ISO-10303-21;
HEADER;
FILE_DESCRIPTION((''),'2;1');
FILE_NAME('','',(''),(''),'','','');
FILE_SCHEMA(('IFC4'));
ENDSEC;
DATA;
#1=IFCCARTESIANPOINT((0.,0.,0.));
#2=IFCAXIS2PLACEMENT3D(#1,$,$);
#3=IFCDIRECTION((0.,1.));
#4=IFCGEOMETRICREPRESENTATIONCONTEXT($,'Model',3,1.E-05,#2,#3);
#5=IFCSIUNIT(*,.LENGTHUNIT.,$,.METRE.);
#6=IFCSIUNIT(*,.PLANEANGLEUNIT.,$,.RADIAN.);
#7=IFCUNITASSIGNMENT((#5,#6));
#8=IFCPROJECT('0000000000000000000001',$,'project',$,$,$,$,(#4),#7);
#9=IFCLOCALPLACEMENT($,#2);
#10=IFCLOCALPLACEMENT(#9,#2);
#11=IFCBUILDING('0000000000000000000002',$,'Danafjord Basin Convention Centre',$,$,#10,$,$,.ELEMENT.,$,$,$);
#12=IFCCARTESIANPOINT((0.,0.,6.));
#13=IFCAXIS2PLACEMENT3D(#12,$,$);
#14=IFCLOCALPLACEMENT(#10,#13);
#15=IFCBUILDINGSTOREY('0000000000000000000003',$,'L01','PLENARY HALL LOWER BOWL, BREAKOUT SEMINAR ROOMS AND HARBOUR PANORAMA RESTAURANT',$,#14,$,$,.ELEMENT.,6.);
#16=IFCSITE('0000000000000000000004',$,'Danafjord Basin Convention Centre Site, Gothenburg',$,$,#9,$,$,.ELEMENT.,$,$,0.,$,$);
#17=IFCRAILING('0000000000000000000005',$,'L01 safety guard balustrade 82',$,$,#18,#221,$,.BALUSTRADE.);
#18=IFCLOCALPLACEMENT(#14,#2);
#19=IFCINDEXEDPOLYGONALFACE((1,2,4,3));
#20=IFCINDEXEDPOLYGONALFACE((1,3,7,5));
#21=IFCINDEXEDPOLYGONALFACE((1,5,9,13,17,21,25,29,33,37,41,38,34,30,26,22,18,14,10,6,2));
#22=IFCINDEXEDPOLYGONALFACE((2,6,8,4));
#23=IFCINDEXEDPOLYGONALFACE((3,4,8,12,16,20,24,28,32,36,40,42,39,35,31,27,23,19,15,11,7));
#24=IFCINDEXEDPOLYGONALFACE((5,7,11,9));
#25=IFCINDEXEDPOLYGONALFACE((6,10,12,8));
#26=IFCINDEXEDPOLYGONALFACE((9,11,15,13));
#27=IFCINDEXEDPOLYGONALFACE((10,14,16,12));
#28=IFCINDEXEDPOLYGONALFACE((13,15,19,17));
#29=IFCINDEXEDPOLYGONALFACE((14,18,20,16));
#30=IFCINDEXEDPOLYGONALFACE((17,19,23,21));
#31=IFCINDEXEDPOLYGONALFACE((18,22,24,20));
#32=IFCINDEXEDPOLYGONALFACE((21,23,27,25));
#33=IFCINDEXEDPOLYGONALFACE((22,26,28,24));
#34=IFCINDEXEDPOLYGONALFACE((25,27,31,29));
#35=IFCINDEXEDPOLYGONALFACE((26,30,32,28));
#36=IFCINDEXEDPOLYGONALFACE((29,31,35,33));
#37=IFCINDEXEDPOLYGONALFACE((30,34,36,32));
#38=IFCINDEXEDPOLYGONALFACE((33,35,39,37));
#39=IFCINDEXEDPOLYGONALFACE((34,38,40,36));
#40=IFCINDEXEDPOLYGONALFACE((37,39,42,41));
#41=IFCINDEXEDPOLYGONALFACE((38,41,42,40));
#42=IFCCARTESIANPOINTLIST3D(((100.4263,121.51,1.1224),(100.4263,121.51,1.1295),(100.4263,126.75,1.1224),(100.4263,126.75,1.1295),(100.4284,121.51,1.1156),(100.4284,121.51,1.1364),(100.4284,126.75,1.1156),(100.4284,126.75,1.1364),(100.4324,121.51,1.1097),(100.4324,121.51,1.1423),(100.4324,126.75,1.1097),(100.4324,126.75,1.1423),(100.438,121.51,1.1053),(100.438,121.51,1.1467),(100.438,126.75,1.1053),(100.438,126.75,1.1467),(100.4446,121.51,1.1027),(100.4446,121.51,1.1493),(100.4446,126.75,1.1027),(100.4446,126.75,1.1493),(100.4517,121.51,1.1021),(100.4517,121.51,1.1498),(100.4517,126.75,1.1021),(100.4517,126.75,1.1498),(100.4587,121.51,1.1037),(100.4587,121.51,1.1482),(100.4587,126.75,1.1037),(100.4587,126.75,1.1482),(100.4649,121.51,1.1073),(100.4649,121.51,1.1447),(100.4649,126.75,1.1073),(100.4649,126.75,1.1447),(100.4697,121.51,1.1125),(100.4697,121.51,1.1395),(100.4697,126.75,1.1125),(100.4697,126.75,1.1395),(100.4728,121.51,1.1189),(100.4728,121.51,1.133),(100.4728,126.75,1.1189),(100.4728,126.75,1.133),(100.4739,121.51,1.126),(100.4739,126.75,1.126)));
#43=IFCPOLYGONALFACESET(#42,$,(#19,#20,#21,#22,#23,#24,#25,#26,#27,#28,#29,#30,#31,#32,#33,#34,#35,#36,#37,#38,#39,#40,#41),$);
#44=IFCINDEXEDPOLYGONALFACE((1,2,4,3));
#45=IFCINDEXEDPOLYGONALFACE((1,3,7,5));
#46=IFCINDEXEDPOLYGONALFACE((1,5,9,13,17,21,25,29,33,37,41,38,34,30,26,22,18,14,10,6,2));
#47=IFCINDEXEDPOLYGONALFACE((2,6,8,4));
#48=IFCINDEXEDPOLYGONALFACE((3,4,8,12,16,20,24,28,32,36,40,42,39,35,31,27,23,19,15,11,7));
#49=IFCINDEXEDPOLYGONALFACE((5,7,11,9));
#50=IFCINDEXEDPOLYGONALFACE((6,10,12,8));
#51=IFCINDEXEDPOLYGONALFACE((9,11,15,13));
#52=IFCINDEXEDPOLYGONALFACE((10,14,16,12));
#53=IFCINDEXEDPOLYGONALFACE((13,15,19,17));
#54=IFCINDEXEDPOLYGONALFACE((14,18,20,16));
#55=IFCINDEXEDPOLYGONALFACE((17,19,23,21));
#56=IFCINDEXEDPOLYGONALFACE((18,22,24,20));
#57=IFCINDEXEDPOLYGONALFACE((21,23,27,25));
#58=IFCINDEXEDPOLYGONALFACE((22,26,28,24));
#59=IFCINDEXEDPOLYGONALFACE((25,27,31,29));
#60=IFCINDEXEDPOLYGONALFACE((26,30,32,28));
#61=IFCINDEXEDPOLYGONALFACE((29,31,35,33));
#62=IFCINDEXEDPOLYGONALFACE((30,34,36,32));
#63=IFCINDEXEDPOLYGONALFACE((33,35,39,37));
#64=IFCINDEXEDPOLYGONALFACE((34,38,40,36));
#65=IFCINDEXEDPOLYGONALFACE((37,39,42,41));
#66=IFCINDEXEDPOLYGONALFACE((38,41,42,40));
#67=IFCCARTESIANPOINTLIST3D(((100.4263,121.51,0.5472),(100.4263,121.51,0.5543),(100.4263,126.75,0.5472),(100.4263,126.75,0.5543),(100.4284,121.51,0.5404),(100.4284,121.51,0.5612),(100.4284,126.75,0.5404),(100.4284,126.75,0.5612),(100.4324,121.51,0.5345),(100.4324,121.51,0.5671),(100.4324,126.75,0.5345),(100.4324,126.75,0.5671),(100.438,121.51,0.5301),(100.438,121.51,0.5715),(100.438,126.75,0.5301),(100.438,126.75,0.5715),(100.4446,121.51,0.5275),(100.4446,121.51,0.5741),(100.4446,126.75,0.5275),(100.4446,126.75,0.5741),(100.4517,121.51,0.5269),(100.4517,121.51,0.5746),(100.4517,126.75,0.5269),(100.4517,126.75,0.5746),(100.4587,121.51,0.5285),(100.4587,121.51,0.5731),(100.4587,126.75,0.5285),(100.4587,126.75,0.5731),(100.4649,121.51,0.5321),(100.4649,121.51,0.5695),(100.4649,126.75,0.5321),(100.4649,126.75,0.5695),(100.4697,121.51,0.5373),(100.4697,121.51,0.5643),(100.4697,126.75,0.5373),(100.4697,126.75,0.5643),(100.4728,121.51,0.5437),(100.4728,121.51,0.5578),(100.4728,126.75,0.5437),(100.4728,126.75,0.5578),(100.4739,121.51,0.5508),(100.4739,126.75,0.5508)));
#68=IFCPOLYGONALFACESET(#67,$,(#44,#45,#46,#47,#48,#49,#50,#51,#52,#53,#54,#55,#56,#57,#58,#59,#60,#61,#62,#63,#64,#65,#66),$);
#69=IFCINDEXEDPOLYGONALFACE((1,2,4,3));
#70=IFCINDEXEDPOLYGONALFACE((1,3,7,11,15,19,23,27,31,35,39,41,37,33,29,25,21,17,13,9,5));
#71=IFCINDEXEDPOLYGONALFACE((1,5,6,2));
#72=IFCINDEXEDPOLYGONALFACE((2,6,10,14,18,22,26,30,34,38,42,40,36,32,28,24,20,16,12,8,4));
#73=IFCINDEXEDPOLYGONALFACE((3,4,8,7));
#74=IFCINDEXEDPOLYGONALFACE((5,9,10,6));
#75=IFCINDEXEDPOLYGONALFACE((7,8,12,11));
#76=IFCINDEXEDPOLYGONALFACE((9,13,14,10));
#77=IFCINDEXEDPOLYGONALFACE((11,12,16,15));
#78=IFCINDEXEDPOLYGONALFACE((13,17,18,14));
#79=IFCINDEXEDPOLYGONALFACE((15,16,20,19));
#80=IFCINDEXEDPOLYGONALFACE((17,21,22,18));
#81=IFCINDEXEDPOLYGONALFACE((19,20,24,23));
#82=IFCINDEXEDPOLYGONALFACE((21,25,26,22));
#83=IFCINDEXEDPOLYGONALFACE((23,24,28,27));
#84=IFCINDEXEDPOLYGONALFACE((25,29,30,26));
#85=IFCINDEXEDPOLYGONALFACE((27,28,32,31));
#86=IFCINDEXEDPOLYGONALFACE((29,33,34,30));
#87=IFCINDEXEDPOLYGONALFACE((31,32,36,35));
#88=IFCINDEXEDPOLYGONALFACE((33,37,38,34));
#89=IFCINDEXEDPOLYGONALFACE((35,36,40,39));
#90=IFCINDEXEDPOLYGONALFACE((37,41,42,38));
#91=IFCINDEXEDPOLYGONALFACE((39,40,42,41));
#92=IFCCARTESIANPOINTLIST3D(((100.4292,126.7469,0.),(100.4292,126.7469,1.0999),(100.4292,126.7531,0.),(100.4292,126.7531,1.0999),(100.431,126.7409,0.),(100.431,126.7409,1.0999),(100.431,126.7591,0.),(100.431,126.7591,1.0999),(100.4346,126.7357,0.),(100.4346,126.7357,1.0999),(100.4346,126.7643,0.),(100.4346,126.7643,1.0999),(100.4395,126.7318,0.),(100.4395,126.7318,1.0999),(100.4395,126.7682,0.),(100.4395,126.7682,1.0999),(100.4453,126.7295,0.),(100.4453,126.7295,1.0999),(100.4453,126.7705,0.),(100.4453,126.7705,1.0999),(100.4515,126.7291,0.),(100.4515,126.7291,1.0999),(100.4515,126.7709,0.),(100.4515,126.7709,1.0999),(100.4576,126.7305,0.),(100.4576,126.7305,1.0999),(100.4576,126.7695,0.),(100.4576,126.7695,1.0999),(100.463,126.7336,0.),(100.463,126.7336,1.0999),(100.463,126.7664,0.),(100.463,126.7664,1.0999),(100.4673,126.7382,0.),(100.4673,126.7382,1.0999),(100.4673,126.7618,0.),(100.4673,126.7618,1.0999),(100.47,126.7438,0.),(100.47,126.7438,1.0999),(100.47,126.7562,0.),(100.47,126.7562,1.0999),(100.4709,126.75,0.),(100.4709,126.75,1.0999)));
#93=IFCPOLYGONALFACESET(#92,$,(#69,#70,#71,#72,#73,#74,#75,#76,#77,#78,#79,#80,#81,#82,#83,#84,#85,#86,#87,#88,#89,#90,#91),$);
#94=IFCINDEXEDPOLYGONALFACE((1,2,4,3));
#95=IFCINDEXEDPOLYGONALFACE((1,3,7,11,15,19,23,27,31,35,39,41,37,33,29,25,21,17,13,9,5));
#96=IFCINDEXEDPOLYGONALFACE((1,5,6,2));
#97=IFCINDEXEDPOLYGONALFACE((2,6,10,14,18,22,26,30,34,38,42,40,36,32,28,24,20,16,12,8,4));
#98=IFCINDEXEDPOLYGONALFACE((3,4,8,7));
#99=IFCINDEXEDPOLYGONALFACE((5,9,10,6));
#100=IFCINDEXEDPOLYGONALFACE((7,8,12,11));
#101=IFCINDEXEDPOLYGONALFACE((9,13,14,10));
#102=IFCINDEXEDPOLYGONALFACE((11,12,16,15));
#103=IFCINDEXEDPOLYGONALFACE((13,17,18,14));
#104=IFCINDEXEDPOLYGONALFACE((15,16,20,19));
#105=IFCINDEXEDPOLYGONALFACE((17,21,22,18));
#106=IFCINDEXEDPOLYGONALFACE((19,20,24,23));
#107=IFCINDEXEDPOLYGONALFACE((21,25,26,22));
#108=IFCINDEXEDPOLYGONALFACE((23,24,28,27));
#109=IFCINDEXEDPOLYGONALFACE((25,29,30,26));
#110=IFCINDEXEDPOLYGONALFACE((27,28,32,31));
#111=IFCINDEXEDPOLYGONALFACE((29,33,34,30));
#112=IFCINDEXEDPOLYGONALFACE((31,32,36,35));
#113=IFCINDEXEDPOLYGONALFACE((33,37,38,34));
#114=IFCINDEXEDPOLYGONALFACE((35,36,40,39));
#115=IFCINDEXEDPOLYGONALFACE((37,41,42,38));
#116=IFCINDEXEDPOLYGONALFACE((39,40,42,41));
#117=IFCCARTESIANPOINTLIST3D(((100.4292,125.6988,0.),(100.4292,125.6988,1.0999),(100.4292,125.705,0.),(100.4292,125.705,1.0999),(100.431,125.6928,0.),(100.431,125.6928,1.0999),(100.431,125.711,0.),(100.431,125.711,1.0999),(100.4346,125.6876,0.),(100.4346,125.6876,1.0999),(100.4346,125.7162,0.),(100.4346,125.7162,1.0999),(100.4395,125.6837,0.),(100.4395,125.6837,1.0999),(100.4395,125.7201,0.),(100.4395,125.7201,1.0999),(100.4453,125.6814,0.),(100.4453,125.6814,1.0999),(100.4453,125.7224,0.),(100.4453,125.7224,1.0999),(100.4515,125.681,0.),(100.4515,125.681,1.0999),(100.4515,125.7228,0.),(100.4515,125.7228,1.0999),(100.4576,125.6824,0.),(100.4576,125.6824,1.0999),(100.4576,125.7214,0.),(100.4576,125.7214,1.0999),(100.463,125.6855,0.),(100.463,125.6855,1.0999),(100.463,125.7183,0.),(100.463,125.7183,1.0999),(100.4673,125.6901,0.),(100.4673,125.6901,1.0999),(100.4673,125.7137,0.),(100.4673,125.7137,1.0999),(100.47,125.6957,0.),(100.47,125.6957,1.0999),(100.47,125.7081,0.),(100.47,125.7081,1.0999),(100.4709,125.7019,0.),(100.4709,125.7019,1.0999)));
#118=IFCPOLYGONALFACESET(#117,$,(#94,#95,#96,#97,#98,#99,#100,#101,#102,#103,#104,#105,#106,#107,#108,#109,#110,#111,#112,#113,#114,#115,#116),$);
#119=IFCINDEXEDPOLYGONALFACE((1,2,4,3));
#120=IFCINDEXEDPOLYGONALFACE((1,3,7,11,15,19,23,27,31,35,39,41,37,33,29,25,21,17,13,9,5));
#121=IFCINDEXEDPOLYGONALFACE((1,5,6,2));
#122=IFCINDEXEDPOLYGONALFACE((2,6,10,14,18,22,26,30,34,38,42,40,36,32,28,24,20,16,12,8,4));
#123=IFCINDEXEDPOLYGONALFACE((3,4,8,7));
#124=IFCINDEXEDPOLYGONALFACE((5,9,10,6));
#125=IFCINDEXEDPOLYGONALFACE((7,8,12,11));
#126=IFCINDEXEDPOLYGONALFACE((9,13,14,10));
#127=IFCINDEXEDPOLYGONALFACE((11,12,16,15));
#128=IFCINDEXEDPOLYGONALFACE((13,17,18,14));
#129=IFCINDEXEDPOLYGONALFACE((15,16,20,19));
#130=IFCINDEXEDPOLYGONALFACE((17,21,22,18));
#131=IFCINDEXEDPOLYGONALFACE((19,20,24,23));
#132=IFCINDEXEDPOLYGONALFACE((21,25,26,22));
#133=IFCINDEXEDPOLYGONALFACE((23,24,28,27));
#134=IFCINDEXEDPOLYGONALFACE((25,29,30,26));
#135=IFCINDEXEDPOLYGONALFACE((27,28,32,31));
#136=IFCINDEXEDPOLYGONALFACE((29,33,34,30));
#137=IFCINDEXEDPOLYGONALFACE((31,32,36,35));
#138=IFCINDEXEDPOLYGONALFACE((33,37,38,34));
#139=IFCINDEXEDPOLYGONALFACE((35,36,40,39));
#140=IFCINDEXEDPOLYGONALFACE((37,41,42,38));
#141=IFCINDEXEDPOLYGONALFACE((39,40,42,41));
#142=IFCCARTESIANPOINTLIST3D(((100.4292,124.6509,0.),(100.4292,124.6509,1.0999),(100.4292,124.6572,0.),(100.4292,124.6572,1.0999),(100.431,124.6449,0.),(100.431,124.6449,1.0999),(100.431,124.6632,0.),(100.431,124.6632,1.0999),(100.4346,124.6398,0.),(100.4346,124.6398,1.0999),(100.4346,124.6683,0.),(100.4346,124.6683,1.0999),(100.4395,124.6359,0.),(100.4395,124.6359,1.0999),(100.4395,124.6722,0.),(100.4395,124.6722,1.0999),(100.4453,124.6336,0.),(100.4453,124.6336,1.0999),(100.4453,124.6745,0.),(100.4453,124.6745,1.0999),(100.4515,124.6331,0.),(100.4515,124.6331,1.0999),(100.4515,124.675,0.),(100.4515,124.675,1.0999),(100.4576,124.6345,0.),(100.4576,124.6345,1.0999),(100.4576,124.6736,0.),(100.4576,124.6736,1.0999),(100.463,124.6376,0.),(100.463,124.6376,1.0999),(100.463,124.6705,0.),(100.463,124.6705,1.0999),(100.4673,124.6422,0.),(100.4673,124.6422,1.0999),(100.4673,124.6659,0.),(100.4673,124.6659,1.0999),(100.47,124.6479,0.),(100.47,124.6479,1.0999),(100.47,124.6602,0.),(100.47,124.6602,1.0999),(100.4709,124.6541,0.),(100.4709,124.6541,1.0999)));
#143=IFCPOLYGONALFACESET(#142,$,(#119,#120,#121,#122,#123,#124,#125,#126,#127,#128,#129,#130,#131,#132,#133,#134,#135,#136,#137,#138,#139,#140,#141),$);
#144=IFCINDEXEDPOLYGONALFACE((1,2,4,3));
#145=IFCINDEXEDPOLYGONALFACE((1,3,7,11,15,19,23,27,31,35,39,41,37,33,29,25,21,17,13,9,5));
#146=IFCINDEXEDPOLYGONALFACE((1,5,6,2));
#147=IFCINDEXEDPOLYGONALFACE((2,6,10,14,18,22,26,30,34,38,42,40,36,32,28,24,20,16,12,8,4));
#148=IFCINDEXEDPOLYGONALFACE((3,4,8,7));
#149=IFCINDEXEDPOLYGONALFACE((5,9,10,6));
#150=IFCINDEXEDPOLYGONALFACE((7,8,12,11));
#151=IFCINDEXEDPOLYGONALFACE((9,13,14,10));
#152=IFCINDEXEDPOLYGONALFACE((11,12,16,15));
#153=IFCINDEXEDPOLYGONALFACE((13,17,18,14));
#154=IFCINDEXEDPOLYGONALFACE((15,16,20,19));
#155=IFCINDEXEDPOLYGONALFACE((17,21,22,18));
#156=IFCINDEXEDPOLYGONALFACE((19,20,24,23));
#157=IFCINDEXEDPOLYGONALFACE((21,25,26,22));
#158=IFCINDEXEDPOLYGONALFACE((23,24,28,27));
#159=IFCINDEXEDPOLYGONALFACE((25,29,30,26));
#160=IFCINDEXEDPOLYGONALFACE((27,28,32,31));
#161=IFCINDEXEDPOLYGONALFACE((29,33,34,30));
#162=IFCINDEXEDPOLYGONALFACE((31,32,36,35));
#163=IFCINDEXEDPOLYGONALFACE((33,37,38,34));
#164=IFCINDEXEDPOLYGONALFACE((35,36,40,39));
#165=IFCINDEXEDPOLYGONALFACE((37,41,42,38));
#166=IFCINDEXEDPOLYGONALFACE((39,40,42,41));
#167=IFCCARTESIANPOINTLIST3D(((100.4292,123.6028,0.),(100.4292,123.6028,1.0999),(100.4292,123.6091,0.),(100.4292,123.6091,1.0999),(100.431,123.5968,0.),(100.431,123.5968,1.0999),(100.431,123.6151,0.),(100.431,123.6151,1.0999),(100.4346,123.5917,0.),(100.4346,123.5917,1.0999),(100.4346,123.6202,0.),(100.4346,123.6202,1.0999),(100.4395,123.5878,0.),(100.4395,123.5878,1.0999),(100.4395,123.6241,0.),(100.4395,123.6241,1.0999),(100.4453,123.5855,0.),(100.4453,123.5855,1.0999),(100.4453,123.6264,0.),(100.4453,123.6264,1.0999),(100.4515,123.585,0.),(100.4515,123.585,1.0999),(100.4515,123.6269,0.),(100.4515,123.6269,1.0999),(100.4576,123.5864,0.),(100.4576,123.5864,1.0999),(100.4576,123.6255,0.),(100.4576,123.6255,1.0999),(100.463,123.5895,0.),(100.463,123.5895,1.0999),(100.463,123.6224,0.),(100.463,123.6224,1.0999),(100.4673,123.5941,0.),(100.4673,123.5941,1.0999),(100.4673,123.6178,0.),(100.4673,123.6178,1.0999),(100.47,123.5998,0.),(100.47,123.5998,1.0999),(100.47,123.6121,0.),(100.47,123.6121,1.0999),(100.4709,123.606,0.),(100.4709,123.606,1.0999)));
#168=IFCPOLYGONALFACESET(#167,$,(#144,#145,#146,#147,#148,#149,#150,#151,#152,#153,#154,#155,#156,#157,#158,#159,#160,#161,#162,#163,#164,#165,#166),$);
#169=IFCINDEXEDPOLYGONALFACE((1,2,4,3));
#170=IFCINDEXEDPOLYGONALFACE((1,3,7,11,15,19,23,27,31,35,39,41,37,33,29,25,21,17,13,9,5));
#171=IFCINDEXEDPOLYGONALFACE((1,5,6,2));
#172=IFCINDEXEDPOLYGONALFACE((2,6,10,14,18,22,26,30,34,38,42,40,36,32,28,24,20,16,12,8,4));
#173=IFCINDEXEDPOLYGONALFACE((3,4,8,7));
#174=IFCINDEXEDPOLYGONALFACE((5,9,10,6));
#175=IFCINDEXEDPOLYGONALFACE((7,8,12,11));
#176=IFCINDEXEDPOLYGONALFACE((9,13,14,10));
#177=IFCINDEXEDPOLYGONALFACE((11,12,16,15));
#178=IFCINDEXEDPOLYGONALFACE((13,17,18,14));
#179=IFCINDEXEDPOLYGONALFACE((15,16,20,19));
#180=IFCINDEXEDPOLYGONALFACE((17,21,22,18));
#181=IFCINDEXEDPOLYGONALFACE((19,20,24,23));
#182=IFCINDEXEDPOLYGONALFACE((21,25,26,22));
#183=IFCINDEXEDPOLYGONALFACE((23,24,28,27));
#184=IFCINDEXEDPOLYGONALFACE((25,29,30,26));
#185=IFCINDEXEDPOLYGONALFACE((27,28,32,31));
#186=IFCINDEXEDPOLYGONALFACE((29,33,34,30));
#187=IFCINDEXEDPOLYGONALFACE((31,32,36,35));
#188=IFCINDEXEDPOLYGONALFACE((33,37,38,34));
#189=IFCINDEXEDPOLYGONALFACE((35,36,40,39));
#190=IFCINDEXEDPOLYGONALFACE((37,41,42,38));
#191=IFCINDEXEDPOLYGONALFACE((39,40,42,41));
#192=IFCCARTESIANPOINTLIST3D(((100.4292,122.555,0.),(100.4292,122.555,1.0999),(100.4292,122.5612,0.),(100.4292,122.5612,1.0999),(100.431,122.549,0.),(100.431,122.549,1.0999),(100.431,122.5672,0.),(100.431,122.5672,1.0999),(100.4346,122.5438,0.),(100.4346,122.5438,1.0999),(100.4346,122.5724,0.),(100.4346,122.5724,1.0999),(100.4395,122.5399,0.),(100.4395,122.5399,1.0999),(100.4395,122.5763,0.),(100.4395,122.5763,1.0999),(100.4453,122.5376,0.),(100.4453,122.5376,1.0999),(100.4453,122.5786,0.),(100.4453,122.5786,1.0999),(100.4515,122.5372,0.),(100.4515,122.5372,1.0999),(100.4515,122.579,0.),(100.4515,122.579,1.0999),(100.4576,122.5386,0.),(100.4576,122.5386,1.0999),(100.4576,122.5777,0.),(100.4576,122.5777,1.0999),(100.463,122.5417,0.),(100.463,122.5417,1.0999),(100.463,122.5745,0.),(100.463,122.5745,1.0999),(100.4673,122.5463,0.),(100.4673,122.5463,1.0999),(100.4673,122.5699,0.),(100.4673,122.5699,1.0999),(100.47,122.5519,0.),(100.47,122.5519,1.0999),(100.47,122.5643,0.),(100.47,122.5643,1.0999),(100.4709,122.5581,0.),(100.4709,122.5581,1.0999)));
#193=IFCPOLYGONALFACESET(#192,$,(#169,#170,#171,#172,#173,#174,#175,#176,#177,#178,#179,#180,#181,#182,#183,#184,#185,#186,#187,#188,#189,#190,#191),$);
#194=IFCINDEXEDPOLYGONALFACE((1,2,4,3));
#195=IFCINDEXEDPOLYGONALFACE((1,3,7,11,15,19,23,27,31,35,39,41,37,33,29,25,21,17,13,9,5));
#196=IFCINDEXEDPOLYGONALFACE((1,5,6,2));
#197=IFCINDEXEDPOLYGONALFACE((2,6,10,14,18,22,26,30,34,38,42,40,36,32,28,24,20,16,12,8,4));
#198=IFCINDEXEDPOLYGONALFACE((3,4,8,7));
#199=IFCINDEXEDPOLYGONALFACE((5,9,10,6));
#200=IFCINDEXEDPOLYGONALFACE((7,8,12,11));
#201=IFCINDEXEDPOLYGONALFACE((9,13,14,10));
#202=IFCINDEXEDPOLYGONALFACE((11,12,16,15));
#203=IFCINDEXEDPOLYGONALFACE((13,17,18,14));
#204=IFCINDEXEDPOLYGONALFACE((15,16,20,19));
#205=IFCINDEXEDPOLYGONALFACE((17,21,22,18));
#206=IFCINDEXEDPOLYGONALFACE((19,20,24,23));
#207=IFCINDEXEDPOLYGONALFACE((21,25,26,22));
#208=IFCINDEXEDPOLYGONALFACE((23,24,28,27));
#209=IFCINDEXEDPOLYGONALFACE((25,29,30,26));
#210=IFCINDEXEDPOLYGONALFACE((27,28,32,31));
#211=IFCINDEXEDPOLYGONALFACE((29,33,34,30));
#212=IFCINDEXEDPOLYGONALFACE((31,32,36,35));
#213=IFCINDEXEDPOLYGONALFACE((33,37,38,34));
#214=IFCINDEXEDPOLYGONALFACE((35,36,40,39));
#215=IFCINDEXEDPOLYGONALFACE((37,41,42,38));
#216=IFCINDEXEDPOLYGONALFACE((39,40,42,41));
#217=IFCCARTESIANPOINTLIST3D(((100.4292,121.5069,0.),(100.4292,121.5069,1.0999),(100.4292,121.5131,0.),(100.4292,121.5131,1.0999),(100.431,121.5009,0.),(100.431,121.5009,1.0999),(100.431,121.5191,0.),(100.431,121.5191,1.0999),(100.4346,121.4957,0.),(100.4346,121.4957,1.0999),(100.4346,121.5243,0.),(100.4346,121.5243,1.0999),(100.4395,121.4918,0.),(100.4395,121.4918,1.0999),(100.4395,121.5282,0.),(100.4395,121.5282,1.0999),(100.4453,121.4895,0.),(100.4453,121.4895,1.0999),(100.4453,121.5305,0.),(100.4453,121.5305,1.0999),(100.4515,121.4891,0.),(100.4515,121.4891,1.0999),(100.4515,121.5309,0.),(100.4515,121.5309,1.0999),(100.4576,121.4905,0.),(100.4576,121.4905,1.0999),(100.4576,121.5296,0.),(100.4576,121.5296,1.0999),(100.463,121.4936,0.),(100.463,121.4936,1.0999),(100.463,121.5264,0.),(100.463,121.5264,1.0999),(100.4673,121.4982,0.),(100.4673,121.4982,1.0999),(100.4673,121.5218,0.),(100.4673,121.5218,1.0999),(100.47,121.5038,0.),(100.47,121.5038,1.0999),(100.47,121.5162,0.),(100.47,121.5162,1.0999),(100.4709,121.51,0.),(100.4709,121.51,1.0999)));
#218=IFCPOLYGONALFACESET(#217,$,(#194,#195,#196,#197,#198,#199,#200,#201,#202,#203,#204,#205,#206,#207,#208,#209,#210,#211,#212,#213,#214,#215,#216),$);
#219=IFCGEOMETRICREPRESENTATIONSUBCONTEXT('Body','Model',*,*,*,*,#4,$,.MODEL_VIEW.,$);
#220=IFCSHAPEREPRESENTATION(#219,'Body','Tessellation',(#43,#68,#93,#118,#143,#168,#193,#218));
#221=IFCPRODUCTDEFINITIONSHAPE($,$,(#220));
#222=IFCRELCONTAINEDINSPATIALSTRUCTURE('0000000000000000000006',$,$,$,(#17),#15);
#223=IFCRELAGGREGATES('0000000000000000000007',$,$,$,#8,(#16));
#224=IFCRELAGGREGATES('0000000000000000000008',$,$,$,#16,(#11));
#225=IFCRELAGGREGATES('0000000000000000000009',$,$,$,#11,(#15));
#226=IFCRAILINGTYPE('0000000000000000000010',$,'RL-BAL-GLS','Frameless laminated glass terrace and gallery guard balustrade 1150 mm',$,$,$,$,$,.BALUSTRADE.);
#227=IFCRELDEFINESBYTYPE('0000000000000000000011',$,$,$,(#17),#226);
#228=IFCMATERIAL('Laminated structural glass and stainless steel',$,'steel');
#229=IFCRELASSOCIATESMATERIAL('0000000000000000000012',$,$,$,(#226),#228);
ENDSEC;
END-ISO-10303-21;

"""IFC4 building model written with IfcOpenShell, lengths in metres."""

from ifc_helpers import new_model, si_unit, direction, frame, origin, origin_2d, place, context, subcontext, project, spatial, circle, extrude, material, type_object, element, save


model = new_model("IFC4")

# Units and contexts
model_context = context("Model", 3, precision=1e-05, world=origin(), true_north=direction((0.0, 1.0)))
body_context = subcontext(model_context, "Body", "Model", "MODEL_VIEW")
ifc_project = project(units=[si_unit("LENGTHUNIT", "METRE"), si_unit("PLANEANGLEUNIT", "RADIAN")], contexts=[model_context])

# Site, building, storey
site_placement = place(None, origin())
site = spatial("IfcSite", under=ifc_project, at=site_placement, Name="Danafjord Basin Convention Centre Site, Gothenburg", CompositionType="ELEMENT", RefElevation=0.0)
building_placement = place(site_placement, origin())
building = spatial("IfcBuilding", under=site, at=building_placement, Name="Danafjord Basin Convention Centre", CompositionType="ELEMENT")
storey_placement = place(building_placement, frame((0.0, 0.0, 6.0)))
storey = spatial("IfcBuildingStorey", under=building, at=storey_placement, Name="L01", Description="PLENARY HALL LOWER BOWL, BREAKOUT SEMINAR ROOMS AND HARBOUR PANORAMA RESTAURANT", CompositionType="ELEMENT", Elevation=6.0)

# Railing
ifc_material_1 = material(Name="Laminated structural glass and stainless steel", Category="steel")
railing_type_1 = type_object("IfcRailingType", Name="RL-BAL-GLS", Description="Frameless laminated glass terrace and gallery guard balustrade 1150 mm", PredefinedType="BALUSTRADE", material=ifc_material_1)
railing_1_placement = place(storey_placement, frame((100.45, 126.75, 0.0)))
element("IfcRailing", 1, at=railing_1_placement, inside=storey, type_object=railing_type_1, Name="L01 safety guard balustrade 82", PredefinedType="BALUSTRADE", context=body_context, shape_type="SweptSolid", body=[
    extrude(circle(Radius=0.0239, at=origin_2d()), frame((0.0, 0.0, 1.126), z_axis=(0.0, -1.0, 0.0), x_axis=(1.0, 0.0, 0.0)), (0.0, 0.0, 1.0), 5.24),
    extrude(circle(Radius=0.0239, at=origin_2d()), frame((0.0, 0.0, 0.5508), z_axis=(0.0, -1.0, 0.0), x_axis=(1.0, 0.0, 0.0)), (0.0, 0.0, 1.0), 5.24),
    extrude(circle(Radius=0.021, at=origin_2d()), origin(), (0.0, 0.0, 1.0), 1.0999),
    extrude(circle(Radius=0.021, at=origin_2d()), frame((0.0, -1.0481, 0.0)), (0.0, 0.0, 1.0), 1.0999),
    extrude(circle(Radius=0.021, at=origin_2d()), frame((0.0, -2.0959, 0.0)), (0.0, 0.0, 1.0), 1.0999),
    extrude(circle(Radius=0.021, at=origin_2d()), frame((0.0, -3.144, 0.0)), (0.0, 0.0, 1.0), 1.0999),
    extrude(circle(Radius=0.021, at=origin_2d()), frame((0.0, -4.1919, 0.0)), (0.0, 0.0, 1.0), 1.0999),
    extrude(circle(Radius=0.021, at=origin_2d()), frame((0.0, -5.24, 0.0)), (0.0, 0.0, 1.0), 1.0999),
])

save(model, "model.ifc")
